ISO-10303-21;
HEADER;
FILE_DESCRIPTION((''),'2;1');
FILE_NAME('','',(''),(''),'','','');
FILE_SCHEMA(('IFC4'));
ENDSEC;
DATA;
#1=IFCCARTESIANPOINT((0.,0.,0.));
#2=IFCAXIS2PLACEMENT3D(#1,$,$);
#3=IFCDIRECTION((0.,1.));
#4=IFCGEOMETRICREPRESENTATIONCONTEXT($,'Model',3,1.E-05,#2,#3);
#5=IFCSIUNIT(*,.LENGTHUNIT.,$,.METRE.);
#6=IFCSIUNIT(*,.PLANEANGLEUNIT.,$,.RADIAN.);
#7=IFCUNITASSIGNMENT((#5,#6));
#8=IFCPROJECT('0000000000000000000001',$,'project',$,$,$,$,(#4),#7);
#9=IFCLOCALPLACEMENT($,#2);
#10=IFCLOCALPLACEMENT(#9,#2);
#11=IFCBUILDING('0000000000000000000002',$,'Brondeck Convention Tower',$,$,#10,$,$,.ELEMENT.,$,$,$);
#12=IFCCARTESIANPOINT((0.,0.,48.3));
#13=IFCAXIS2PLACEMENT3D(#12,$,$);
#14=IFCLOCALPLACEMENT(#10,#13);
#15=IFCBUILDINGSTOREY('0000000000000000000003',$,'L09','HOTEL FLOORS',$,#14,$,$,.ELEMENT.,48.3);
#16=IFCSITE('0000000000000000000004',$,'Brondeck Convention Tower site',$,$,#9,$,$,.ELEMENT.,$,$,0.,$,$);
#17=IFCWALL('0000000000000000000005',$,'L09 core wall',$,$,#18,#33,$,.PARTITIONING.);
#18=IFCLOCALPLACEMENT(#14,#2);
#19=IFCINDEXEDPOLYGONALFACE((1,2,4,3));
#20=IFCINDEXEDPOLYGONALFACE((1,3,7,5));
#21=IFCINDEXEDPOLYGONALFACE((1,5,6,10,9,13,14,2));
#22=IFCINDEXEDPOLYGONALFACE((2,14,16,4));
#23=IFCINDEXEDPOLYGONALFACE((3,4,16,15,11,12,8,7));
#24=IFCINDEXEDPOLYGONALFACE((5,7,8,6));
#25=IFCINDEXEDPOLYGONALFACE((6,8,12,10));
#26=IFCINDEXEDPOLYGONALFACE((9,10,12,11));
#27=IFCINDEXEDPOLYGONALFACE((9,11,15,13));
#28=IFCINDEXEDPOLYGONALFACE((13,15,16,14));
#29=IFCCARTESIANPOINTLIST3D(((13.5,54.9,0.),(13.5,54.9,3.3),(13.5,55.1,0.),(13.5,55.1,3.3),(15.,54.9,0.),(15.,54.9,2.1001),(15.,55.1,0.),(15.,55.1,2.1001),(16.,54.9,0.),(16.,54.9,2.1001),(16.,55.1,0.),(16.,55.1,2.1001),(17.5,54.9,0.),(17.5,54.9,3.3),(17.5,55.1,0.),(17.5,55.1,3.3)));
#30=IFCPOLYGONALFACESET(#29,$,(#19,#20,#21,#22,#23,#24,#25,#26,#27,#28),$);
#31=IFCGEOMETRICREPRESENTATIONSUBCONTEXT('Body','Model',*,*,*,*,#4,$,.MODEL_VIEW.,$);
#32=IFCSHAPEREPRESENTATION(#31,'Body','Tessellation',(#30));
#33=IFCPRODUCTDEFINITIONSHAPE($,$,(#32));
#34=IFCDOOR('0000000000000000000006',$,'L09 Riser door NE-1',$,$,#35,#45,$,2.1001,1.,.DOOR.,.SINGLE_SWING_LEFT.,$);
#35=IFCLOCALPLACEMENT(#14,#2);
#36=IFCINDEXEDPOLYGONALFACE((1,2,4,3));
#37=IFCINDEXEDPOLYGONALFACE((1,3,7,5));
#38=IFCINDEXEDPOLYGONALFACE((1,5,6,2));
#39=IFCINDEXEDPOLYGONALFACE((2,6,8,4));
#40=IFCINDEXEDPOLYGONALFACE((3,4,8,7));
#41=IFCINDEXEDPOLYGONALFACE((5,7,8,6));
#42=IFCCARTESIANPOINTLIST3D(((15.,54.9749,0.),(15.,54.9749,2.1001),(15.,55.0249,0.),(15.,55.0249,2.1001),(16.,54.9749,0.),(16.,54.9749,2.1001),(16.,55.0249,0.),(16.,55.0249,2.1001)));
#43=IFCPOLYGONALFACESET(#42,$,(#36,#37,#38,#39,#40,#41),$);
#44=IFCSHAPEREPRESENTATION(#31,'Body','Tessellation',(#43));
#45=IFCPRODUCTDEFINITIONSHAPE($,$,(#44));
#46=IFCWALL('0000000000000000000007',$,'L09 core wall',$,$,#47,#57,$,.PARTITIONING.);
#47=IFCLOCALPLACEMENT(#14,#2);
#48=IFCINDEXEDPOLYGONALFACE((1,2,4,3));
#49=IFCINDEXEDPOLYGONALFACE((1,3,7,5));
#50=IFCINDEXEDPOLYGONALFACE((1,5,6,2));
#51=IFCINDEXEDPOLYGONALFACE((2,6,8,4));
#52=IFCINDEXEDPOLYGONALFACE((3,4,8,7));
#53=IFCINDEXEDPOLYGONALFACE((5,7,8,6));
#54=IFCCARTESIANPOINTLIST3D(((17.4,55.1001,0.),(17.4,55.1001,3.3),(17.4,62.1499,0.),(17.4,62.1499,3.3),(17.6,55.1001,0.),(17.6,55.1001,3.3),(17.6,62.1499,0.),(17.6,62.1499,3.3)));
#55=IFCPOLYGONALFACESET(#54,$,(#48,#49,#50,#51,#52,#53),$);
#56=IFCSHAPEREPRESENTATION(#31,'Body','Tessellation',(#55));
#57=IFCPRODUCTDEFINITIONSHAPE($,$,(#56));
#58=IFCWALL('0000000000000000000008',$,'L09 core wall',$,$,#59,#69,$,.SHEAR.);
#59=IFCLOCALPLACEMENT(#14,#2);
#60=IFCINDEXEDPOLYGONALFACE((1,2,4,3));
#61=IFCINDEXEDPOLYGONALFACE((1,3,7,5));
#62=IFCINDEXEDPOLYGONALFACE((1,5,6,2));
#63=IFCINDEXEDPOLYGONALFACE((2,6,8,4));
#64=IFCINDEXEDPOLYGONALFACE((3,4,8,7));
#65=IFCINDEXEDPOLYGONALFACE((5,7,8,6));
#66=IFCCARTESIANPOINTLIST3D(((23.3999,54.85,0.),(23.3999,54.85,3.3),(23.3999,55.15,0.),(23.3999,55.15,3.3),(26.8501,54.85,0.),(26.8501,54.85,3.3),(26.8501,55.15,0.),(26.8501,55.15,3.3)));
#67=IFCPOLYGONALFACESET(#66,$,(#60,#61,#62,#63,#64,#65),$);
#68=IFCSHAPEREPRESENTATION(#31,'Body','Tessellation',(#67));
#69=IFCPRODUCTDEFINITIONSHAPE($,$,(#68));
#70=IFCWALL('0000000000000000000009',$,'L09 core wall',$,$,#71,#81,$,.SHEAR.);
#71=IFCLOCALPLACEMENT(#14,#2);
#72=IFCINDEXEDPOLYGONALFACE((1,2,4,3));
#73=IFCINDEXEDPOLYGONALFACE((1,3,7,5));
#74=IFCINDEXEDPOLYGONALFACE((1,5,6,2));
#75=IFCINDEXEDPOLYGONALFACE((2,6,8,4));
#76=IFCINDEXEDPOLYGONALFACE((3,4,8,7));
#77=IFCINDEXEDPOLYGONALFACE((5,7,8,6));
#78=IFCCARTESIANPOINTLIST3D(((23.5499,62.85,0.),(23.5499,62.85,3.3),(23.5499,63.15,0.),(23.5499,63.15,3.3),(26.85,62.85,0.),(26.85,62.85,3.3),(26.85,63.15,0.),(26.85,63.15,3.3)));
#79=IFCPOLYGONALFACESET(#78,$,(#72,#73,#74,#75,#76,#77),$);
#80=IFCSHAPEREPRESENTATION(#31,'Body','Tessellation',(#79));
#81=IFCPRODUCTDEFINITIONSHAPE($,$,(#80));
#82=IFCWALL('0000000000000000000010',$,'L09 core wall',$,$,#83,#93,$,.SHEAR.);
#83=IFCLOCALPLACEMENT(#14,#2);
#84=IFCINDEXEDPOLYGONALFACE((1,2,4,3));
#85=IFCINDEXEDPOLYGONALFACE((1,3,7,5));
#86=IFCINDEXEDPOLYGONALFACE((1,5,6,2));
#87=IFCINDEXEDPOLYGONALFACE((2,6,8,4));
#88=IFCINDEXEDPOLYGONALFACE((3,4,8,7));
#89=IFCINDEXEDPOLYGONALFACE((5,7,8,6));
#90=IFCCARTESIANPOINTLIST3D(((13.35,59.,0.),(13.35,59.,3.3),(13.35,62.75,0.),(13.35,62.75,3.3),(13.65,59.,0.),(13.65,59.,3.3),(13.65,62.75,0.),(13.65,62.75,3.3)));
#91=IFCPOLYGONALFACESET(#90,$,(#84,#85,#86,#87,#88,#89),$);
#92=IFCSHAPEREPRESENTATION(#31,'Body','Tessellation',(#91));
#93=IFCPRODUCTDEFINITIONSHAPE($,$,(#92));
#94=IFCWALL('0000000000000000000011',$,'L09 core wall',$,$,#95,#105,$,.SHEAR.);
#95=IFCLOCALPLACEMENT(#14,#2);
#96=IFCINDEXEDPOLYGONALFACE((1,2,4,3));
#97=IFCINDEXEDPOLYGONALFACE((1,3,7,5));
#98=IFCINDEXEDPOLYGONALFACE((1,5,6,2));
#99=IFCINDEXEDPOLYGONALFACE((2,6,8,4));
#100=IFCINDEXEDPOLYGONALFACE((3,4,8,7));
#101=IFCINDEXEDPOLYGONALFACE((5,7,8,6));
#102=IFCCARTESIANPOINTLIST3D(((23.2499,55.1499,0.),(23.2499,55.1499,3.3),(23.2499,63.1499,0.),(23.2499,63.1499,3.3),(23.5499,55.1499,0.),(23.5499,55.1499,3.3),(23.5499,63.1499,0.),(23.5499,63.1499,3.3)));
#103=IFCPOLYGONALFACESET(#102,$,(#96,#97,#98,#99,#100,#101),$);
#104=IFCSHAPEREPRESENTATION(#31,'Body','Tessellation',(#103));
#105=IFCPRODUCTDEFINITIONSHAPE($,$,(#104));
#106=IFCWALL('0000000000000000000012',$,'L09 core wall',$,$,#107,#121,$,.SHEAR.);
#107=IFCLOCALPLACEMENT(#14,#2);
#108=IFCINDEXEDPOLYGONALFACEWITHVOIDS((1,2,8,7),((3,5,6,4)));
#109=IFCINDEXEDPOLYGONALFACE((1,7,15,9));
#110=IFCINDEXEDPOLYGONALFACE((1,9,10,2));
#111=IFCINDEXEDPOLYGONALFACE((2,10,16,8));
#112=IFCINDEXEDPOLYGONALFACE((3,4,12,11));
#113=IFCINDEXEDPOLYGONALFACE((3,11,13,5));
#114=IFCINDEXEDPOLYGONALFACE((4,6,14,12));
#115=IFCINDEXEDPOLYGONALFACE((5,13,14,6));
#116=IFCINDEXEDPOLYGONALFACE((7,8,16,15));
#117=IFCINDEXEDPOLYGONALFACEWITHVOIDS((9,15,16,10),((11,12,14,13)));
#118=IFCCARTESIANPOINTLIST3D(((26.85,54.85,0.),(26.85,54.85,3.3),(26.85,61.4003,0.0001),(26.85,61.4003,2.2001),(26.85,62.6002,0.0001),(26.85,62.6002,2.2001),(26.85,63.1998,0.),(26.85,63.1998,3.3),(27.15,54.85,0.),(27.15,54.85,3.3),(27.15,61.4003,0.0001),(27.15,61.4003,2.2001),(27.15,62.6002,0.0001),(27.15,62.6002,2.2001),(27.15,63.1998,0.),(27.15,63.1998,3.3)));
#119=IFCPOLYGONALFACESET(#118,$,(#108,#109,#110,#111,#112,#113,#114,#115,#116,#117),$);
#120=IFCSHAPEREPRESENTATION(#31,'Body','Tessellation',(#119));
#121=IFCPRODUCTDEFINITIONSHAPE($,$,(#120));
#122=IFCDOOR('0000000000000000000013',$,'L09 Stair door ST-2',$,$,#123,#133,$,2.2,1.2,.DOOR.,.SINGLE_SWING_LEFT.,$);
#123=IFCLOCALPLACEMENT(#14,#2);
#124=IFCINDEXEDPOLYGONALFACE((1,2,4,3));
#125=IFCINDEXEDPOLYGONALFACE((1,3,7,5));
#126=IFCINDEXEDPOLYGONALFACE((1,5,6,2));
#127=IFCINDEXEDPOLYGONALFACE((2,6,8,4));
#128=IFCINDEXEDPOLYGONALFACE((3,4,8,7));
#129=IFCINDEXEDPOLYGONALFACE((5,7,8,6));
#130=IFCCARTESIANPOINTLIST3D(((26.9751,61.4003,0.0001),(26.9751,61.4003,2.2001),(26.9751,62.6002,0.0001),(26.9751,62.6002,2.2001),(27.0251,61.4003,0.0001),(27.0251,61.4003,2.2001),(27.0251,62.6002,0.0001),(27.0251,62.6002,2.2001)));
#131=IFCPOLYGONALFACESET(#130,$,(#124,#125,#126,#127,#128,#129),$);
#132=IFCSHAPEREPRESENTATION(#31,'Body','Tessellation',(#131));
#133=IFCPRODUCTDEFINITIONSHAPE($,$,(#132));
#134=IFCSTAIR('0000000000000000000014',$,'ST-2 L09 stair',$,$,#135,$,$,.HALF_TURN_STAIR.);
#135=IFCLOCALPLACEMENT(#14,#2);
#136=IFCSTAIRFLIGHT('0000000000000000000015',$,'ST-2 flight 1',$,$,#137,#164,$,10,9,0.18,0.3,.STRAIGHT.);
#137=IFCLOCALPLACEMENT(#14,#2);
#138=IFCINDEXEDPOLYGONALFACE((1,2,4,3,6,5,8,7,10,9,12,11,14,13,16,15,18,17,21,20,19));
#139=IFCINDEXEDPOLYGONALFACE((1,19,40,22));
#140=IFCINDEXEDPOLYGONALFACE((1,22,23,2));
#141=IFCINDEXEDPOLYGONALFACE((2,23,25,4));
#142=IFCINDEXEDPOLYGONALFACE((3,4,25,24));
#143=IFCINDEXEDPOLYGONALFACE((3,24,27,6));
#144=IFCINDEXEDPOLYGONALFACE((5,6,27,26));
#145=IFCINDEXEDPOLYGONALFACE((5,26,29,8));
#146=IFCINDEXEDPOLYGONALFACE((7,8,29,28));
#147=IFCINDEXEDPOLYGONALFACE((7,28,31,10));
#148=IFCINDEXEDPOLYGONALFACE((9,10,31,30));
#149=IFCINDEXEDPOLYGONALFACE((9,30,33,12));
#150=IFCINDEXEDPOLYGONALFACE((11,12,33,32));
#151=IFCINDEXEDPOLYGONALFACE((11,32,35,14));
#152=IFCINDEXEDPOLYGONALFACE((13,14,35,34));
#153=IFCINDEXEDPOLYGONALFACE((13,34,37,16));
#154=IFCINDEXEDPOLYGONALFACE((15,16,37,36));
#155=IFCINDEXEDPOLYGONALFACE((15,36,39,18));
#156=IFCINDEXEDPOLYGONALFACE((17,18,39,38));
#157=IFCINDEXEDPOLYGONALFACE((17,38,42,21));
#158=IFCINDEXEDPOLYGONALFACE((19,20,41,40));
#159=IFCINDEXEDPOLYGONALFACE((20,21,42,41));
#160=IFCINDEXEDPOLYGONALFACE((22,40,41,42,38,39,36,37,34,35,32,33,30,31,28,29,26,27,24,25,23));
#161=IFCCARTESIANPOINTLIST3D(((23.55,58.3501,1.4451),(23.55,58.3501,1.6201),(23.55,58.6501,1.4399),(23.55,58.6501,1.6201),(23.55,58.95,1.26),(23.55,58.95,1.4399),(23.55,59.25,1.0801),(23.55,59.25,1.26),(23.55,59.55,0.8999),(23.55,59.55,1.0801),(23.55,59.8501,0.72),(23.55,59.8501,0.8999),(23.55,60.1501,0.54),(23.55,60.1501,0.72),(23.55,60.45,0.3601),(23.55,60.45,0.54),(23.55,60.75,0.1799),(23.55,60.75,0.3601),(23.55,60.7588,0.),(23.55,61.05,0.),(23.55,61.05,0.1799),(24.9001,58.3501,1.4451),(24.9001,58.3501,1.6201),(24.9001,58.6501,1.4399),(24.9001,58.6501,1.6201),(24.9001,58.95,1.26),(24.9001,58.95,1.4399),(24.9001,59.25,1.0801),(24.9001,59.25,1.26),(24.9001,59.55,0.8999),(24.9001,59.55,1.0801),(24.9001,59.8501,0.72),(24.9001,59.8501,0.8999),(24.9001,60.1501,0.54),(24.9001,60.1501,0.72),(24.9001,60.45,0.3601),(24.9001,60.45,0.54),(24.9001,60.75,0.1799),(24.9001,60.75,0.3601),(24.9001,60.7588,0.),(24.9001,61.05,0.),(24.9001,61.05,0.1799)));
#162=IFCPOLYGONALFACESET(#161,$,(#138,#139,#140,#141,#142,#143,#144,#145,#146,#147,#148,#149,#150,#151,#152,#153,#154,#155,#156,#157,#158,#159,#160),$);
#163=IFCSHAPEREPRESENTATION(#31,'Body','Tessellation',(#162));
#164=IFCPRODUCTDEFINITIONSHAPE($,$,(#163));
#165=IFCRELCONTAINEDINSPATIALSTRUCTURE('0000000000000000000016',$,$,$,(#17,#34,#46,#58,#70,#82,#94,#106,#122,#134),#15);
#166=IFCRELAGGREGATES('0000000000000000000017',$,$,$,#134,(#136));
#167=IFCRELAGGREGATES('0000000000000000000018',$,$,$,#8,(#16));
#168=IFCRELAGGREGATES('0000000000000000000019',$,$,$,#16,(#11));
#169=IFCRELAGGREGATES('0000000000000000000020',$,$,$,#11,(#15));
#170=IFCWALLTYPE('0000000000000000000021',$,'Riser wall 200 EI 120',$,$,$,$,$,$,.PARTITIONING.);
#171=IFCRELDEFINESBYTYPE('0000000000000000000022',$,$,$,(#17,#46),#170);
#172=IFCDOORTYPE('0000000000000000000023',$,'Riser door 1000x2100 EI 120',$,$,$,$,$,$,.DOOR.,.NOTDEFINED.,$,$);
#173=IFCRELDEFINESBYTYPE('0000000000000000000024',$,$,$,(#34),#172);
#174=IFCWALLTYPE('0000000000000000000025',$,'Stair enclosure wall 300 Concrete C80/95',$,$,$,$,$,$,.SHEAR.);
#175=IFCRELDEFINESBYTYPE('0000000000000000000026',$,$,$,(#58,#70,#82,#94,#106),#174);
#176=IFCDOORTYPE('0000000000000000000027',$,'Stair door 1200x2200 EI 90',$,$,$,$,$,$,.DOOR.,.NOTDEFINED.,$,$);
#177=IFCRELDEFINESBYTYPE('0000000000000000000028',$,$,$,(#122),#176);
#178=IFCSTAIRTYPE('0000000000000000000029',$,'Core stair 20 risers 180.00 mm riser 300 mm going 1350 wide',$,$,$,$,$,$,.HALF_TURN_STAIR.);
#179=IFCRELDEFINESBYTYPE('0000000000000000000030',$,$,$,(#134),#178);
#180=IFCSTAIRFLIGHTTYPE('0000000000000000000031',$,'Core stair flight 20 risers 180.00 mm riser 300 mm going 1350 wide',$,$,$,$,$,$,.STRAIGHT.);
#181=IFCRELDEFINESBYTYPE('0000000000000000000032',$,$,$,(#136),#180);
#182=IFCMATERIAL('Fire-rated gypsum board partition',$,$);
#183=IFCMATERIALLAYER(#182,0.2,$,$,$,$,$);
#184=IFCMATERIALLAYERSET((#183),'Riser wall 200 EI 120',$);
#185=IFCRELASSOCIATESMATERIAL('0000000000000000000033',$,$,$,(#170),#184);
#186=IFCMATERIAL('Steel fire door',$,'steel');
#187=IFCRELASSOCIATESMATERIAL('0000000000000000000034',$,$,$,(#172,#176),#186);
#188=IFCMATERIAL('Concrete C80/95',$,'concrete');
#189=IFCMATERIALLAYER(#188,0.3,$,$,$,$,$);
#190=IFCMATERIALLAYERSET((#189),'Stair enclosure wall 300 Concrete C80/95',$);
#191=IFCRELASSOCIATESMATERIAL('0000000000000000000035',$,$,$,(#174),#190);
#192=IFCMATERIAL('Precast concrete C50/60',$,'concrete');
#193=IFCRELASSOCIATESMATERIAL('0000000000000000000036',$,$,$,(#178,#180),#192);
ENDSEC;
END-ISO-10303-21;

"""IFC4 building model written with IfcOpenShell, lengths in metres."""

from ifc_helpers import new_model, si_unit, direction, frame, frame_2d, origin, place, context, subcontext, project, spatial, polyline, rectangle, outline, extrude, material, layer, layer_set, type_object, element, fill, aggregate, save


model = new_model("IFC4")

# Units and contexts
model_context = context("Model", 3, precision=1e-05, world=origin(), true_north=direction((0.0, 1.0)))
body_context = subcontext(model_context, "Body", "Model", "MODEL_VIEW")
ifc_project = project(units=[si_unit("LENGTHUNIT", "METRE"), si_unit("PLANEANGLEUNIT", "RADIAN")], contexts=[model_context])

# Site, building, storey
site_placement = place(None, origin())
site = spatial("IfcSite", under=ifc_project, at=site_placement, Name="Brondeck Convention Tower site", CompositionType="ELEMENT", RefElevation=0.0)
building_placement = place(site_placement, origin())
building = spatial("IfcBuilding", under=site, at=building_placement, Name="Brondeck Convention Tower", CompositionType="ELEMENT")
storey_placement = place(building_placement, frame((0.0, 0.0, 48.3)))
storey = spatial("IfcBuildingStorey", under=building, at=storey_placement, Name="L09", Description="HOTEL FLOORS", CompositionType="ELEMENT", Elevation=48.3)

# Shared definitions
ifc_material_1 = material(Name="Concrete C80/95", Category="concrete")

# Shared definitions
ifc_material_2 = material(Name="Fire-rated gypsum board partition")
ifc_material_3 = material(Name="Steel fire door", Category="steel")

# Shared definitions
ifc_layer_1 = layer(ifc_material_2, 0.2)
ifc_layer_set_1 = layer_set([ifc_layer_1], Name="Riser wall 200 EI 120")
wall_type_1 = type_object("IfcWallType", Name="Riser wall 200 EI 120", PredefinedType="PARTITIONING", material=ifc_layer_set_1)

# Wall, opening, door
wall_1_placement = place(storey_placement, frame((13.5, 55.0, 0.0), z_axis=(0.0, 0.0, 1.0), x_axis=(1.0, 0.0, 0.0)))
wall_1 = element("IfcWall", 1, at=wall_1_placement, inside=storey, type_object=wall_type_1, Name="L09 core wall", PredefinedType="PARTITIONING", context=body_context, shape_type="SweptSolid", body=[
    extrude(rectangle(XDim=4.0, YDim=0.2, at=frame_2d((2.0, 0.0))), origin(), (0.0, 0.0, 1.0), 3.3),
])
opening_1_placement = place(wall_1_placement, frame((1.5, 0.0, 0.0)))
opening_1 = element("IfcOpeningElement", 2, at=opening_1_placement, cuts=wall_1, PredefinedType="OPENING", context=body_context, shape_type="SweptSolid", body=[
    extrude(rectangle(XDim=1.0, YDim=2.1001, at=frame_2d((0.5, 1.05))), frame((0.0, 0.1099, 0.0), z_axis=(0.0, -1.0, 0.0), x_axis=(1.0, 0.0, 0.0)), (0.0, 0.0, 1.0), 0.22),
])
door_type_1 = type_object("IfcDoorType", Name="Riser door 1000x2100 EI 120", OperationType="NOTDEFINED", PredefinedType="DOOR", material=ifc_material_3)
door_1_placement = place(opening_1_placement, origin())
door_1 = element("IfcDoor", 3, at=door_1_placement, inside=storey, type_object=door_type_1, Name="L09 Riser door NE-1", OperationType="SINGLE_SWING_LEFT", OverallHeight=2.1001, OverallWidth=1.0, PredefinedType="DOOR", context=body_context, shape_type="SweptSolid", body=[
    extrude(rectangle(XDim=1.0, YDim=2.1001, at=frame_2d((0.5, 1.05))), frame((0.0, 0.0249, 0.0), z_axis=(0.0, -1.0, 0.0), x_axis=(1.0, 0.0, 0.0)), (0.0, 0.0, 1.0), 0.05),
])
fill(opening_1, door_1)

# Walls
wall_2_placement = place(storey_placement, frame((17.5, 55.1001, 0.0), z_axis=(0.0, 0.0, 1.0), x_axis=(0.0, 1.0, 0.0)))
element("IfcWall", 4, at=wall_2_placement, inside=storey, type_object=wall_type_1, Name="L09 core wall", PredefinedType="PARTITIONING", context=body_context, shape_type="SweptSolid", body=[
    extrude(rectangle(XDim=7.0498, YDim=0.2, at=frame_2d((3.5249, 0.0))), origin(), (0.0, 0.0, 1.0), 3.3),
])
ifc_layer_2 = layer(ifc_material_1, 0.3)
ifc_layer_set_2 = layer_set([ifc_layer_2], Name="Stair enclosure wall 300 Concrete C80/95")
wall_type_2 = type_object("IfcWallType", Name="Stair enclosure wall 300 Concrete C80/95", PredefinedType="SHEAR", material=ifc_layer_set_2)
wall_3_placement = place(storey_placement, frame((23.3999, 55.0, 0.0), z_axis=(0.0, 0.0, 1.0), x_axis=(1.0, 0.0, 0.0)))
element("IfcWall", 5, at=wall_3_placement, inside=storey, type_object=wall_type_2, Name="L09 core wall", PredefinedType="SHEAR", context=body_context, shape_type="SweptSolid", body=[
    extrude(rectangle(XDim=3.4502, YDim=0.3, at=frame_2d((1.7251, 0.0))), origin(), (0.0, 0.0, 1.0), 3.3),
])
wall_4_placement = place(storey_placement, frame((23.55, 63.0, 0.0), z_axis=(0.0, 0.0, 1.0), x_axis=(1.0, 0.0, 0.0)))
element("IfcWall", 6, at=wall_4_placement, inside=storey, type_object=wall_type_2, Name="L09 core wall", PredefinedType="SHEAR", context=body_context, shape_type="SweptSolid", body=[
    extrude(rectangle(XDim=3.3, YDim=0.3, at=frame_2d((1.6499, 0.0))), origin(), (0.0, 0.0, 1.0), 3.3),
])
wall_5_placement = place(storey_placement, frame((13.5, 59.0, 0.0), z_axis=(0.0, 0.0, 1.0), x_axis=(0.0, 1.0, 0.0)))
element("IfcWall", 7, at=wall_5_placement, inside=storey, type_object=wall_type_2, Name="L09 core wall", PredefinedType="SHEAR", context=body_context, shape_type="SweptSolid", body=[
    extrude(rectangle(XDim=3.75, YDim=0.3, at=frame_2d((1.875, 0.0))), origin(), (0.0, 0.0, 1.0), 3.3),
])
wall_6_placement = place(storey_placement, frame((23.3999, 55.1499, 0.0), z_axis=(0.0, 0.0, 1.0), x_axis=(0.0, 1.0, 0.0)))
element("IfcWall", 8, at=wall_6_placement, inside=storey, type_object=wall_type_2, Name="L09 core wall", PredefinedType="SHEAR", context=body_context, shape_type="SweptSolid", body=[
    extrude(rectangle(XDim=8.0, YDim=0.3, at=frame_2d((4.0, 0.0))), origin(), (0.0, 0.0, 1.0), 3.3),
])

# Wall, opening, door
wall_7_placement = place(storey_placement, frame((27.0, 54.8501, 0.0), z_axis=(0.0, 0.0, 1.0), x_axis=(0.0, 1.0, 0.0)))
wall_7 = element("IfcWall", 9, at=wall_7_placement, inside=storey, type_object=wall_type_2, Name="L09 core wall", PredefinedType="SHEAR", context=body_context, shape_type="SweptSolid", body=[
    extrude(rectangle(XDim=8.3499, YDim=0.3, at=frame_2d((4.1748, 0.0))), origin(), (0.0, 0.0, 1.0), 3.3),
])
opening_2_placement = place(wall_7_placement, frame((6.55, 0.0, 0.0)))
opening_2 = element("IfcOpeningElement", 10, at=opening_2_placement, cuts=wall_7, PredefinedType="OPENING", context=body_context, shape_type="SweptSolid", body=[
    extrude(rectangle(XDim=1.2, YDim=2.2, at=frame_2d((0.6001, 1.1001))), frame((0.0, 0.1599, 0.0), z_axis=(0.0, -1.0, 0.0), x_axis=(1.0, 0.0, 0.0)), (0.0, 0.0, 1.0), 0.3201),
])
door_type_2 = type_object("IfcDoorType", Name="Stair door 1200x2200 EI 90", OperationType="NOTDEFINED", PredefinedType="DOOR", material=ifc_material_3)
door_2_placement = place(opening_2_placement, origin())
door_2 = element("IfcDoor", 11, at=door_2_placement, inside=storey, type_object=door_type_2, Name="L09 Stair door ST-2", OperationType="SINGLE_SWING_LEFT", OverallHeight=2.2, OverallWidth=1.2, PredefinedType="DOOR", context=body_context, shape_type="SweptSolid", body=[
    extrude(rectangle(XDim=1.2, YDim=2.2, at=frame_2d((0.6001, 1.1001))), frame((0.0, 0.0249, 0.0), z_axis=(0.0, -1.0, 0.0), x_axis=(1.0, 0.0, 0.0)), (0.0, 0.0, 1.0), 0.05),
])
fill(opening_2, door_2)

# Stair, stair flight
ifc_material_4 = material(Name="Precast concrete C50/60", Category="concrete")
stair_type = type_object("IfcStairType", Name="Core stair 20 risers 180.00 mm riser 300 mm going 1350 wide", PredefinedType="HALF_TURN_STAIR", material=ifc_material_4)
stair_1_placement = place(storey_placement, origin())
stair_1 = element("IfcStair", 12, at=stair_1_placement, inside=storey, type_object=stair_type, Name="ST-2 L09 stair", PredefinedType="HALF_TURN_STAIR")
stair_flight_type = type_object("IfcStairFlightType", Name="Core stair flight 20 risers 180.00 mm riser 300 mm going 1350 wide", PredefinedType="STRAIGHT", material=ifc_material_4)
stair_flight_1_placement = place(storey_placement, frame((24.2251, 61.05, 0.0), z_axis=(0.0, 0.0, 1.0), x_axis=(0.0, -1.0, 0.0)))
stair_flight_1 = element("IfcStairFlight", 13, at=stair_flight_1_placement, type_object=stair_flight_type, Name="ST-2 flight 1", NumberOfRisers=10, NumberOfTreads=9, PredefinedType="STRAIGHT", RiserHeight=0.18, TreadLength=0.3, context=body_context, shape_type="SweptSolid", body=[
    extrude(outline(polyline([(0.0, 0.0), (0.0, 0.1799), (0.3, 0.1799), (0.3, 0.3601), (0.6001, 0.3601), (0.6001, 0.54), (0.8999, 0.54), (0.8999, 0.72), (1.2, 0.72), (1.2, 0.8999), (1.5, 0.8999), (1.5, 1.0801), (1.8, 1.0801), (1.8, 1.26), (2.1001, 1.26), (2.1001, 1.4399), (2.3999, 1.4399), (2.3999, 1.6201), (2.7, 1.6201), (2.7, 1.8), (2.7, 1.4451), (0.2913, 0.0), (0.0, 0.0)])), frame((0.0, 0.675, 0.0), z_axis=(0.0, -1.0, 0.0), x_axis=(1.0, 0.0, 0.0)), (0.0, 0.0, 1.0), 1.3501),
])
aggregate(stair_1, [stair_flight_1])

save(model, "model.ifc")
